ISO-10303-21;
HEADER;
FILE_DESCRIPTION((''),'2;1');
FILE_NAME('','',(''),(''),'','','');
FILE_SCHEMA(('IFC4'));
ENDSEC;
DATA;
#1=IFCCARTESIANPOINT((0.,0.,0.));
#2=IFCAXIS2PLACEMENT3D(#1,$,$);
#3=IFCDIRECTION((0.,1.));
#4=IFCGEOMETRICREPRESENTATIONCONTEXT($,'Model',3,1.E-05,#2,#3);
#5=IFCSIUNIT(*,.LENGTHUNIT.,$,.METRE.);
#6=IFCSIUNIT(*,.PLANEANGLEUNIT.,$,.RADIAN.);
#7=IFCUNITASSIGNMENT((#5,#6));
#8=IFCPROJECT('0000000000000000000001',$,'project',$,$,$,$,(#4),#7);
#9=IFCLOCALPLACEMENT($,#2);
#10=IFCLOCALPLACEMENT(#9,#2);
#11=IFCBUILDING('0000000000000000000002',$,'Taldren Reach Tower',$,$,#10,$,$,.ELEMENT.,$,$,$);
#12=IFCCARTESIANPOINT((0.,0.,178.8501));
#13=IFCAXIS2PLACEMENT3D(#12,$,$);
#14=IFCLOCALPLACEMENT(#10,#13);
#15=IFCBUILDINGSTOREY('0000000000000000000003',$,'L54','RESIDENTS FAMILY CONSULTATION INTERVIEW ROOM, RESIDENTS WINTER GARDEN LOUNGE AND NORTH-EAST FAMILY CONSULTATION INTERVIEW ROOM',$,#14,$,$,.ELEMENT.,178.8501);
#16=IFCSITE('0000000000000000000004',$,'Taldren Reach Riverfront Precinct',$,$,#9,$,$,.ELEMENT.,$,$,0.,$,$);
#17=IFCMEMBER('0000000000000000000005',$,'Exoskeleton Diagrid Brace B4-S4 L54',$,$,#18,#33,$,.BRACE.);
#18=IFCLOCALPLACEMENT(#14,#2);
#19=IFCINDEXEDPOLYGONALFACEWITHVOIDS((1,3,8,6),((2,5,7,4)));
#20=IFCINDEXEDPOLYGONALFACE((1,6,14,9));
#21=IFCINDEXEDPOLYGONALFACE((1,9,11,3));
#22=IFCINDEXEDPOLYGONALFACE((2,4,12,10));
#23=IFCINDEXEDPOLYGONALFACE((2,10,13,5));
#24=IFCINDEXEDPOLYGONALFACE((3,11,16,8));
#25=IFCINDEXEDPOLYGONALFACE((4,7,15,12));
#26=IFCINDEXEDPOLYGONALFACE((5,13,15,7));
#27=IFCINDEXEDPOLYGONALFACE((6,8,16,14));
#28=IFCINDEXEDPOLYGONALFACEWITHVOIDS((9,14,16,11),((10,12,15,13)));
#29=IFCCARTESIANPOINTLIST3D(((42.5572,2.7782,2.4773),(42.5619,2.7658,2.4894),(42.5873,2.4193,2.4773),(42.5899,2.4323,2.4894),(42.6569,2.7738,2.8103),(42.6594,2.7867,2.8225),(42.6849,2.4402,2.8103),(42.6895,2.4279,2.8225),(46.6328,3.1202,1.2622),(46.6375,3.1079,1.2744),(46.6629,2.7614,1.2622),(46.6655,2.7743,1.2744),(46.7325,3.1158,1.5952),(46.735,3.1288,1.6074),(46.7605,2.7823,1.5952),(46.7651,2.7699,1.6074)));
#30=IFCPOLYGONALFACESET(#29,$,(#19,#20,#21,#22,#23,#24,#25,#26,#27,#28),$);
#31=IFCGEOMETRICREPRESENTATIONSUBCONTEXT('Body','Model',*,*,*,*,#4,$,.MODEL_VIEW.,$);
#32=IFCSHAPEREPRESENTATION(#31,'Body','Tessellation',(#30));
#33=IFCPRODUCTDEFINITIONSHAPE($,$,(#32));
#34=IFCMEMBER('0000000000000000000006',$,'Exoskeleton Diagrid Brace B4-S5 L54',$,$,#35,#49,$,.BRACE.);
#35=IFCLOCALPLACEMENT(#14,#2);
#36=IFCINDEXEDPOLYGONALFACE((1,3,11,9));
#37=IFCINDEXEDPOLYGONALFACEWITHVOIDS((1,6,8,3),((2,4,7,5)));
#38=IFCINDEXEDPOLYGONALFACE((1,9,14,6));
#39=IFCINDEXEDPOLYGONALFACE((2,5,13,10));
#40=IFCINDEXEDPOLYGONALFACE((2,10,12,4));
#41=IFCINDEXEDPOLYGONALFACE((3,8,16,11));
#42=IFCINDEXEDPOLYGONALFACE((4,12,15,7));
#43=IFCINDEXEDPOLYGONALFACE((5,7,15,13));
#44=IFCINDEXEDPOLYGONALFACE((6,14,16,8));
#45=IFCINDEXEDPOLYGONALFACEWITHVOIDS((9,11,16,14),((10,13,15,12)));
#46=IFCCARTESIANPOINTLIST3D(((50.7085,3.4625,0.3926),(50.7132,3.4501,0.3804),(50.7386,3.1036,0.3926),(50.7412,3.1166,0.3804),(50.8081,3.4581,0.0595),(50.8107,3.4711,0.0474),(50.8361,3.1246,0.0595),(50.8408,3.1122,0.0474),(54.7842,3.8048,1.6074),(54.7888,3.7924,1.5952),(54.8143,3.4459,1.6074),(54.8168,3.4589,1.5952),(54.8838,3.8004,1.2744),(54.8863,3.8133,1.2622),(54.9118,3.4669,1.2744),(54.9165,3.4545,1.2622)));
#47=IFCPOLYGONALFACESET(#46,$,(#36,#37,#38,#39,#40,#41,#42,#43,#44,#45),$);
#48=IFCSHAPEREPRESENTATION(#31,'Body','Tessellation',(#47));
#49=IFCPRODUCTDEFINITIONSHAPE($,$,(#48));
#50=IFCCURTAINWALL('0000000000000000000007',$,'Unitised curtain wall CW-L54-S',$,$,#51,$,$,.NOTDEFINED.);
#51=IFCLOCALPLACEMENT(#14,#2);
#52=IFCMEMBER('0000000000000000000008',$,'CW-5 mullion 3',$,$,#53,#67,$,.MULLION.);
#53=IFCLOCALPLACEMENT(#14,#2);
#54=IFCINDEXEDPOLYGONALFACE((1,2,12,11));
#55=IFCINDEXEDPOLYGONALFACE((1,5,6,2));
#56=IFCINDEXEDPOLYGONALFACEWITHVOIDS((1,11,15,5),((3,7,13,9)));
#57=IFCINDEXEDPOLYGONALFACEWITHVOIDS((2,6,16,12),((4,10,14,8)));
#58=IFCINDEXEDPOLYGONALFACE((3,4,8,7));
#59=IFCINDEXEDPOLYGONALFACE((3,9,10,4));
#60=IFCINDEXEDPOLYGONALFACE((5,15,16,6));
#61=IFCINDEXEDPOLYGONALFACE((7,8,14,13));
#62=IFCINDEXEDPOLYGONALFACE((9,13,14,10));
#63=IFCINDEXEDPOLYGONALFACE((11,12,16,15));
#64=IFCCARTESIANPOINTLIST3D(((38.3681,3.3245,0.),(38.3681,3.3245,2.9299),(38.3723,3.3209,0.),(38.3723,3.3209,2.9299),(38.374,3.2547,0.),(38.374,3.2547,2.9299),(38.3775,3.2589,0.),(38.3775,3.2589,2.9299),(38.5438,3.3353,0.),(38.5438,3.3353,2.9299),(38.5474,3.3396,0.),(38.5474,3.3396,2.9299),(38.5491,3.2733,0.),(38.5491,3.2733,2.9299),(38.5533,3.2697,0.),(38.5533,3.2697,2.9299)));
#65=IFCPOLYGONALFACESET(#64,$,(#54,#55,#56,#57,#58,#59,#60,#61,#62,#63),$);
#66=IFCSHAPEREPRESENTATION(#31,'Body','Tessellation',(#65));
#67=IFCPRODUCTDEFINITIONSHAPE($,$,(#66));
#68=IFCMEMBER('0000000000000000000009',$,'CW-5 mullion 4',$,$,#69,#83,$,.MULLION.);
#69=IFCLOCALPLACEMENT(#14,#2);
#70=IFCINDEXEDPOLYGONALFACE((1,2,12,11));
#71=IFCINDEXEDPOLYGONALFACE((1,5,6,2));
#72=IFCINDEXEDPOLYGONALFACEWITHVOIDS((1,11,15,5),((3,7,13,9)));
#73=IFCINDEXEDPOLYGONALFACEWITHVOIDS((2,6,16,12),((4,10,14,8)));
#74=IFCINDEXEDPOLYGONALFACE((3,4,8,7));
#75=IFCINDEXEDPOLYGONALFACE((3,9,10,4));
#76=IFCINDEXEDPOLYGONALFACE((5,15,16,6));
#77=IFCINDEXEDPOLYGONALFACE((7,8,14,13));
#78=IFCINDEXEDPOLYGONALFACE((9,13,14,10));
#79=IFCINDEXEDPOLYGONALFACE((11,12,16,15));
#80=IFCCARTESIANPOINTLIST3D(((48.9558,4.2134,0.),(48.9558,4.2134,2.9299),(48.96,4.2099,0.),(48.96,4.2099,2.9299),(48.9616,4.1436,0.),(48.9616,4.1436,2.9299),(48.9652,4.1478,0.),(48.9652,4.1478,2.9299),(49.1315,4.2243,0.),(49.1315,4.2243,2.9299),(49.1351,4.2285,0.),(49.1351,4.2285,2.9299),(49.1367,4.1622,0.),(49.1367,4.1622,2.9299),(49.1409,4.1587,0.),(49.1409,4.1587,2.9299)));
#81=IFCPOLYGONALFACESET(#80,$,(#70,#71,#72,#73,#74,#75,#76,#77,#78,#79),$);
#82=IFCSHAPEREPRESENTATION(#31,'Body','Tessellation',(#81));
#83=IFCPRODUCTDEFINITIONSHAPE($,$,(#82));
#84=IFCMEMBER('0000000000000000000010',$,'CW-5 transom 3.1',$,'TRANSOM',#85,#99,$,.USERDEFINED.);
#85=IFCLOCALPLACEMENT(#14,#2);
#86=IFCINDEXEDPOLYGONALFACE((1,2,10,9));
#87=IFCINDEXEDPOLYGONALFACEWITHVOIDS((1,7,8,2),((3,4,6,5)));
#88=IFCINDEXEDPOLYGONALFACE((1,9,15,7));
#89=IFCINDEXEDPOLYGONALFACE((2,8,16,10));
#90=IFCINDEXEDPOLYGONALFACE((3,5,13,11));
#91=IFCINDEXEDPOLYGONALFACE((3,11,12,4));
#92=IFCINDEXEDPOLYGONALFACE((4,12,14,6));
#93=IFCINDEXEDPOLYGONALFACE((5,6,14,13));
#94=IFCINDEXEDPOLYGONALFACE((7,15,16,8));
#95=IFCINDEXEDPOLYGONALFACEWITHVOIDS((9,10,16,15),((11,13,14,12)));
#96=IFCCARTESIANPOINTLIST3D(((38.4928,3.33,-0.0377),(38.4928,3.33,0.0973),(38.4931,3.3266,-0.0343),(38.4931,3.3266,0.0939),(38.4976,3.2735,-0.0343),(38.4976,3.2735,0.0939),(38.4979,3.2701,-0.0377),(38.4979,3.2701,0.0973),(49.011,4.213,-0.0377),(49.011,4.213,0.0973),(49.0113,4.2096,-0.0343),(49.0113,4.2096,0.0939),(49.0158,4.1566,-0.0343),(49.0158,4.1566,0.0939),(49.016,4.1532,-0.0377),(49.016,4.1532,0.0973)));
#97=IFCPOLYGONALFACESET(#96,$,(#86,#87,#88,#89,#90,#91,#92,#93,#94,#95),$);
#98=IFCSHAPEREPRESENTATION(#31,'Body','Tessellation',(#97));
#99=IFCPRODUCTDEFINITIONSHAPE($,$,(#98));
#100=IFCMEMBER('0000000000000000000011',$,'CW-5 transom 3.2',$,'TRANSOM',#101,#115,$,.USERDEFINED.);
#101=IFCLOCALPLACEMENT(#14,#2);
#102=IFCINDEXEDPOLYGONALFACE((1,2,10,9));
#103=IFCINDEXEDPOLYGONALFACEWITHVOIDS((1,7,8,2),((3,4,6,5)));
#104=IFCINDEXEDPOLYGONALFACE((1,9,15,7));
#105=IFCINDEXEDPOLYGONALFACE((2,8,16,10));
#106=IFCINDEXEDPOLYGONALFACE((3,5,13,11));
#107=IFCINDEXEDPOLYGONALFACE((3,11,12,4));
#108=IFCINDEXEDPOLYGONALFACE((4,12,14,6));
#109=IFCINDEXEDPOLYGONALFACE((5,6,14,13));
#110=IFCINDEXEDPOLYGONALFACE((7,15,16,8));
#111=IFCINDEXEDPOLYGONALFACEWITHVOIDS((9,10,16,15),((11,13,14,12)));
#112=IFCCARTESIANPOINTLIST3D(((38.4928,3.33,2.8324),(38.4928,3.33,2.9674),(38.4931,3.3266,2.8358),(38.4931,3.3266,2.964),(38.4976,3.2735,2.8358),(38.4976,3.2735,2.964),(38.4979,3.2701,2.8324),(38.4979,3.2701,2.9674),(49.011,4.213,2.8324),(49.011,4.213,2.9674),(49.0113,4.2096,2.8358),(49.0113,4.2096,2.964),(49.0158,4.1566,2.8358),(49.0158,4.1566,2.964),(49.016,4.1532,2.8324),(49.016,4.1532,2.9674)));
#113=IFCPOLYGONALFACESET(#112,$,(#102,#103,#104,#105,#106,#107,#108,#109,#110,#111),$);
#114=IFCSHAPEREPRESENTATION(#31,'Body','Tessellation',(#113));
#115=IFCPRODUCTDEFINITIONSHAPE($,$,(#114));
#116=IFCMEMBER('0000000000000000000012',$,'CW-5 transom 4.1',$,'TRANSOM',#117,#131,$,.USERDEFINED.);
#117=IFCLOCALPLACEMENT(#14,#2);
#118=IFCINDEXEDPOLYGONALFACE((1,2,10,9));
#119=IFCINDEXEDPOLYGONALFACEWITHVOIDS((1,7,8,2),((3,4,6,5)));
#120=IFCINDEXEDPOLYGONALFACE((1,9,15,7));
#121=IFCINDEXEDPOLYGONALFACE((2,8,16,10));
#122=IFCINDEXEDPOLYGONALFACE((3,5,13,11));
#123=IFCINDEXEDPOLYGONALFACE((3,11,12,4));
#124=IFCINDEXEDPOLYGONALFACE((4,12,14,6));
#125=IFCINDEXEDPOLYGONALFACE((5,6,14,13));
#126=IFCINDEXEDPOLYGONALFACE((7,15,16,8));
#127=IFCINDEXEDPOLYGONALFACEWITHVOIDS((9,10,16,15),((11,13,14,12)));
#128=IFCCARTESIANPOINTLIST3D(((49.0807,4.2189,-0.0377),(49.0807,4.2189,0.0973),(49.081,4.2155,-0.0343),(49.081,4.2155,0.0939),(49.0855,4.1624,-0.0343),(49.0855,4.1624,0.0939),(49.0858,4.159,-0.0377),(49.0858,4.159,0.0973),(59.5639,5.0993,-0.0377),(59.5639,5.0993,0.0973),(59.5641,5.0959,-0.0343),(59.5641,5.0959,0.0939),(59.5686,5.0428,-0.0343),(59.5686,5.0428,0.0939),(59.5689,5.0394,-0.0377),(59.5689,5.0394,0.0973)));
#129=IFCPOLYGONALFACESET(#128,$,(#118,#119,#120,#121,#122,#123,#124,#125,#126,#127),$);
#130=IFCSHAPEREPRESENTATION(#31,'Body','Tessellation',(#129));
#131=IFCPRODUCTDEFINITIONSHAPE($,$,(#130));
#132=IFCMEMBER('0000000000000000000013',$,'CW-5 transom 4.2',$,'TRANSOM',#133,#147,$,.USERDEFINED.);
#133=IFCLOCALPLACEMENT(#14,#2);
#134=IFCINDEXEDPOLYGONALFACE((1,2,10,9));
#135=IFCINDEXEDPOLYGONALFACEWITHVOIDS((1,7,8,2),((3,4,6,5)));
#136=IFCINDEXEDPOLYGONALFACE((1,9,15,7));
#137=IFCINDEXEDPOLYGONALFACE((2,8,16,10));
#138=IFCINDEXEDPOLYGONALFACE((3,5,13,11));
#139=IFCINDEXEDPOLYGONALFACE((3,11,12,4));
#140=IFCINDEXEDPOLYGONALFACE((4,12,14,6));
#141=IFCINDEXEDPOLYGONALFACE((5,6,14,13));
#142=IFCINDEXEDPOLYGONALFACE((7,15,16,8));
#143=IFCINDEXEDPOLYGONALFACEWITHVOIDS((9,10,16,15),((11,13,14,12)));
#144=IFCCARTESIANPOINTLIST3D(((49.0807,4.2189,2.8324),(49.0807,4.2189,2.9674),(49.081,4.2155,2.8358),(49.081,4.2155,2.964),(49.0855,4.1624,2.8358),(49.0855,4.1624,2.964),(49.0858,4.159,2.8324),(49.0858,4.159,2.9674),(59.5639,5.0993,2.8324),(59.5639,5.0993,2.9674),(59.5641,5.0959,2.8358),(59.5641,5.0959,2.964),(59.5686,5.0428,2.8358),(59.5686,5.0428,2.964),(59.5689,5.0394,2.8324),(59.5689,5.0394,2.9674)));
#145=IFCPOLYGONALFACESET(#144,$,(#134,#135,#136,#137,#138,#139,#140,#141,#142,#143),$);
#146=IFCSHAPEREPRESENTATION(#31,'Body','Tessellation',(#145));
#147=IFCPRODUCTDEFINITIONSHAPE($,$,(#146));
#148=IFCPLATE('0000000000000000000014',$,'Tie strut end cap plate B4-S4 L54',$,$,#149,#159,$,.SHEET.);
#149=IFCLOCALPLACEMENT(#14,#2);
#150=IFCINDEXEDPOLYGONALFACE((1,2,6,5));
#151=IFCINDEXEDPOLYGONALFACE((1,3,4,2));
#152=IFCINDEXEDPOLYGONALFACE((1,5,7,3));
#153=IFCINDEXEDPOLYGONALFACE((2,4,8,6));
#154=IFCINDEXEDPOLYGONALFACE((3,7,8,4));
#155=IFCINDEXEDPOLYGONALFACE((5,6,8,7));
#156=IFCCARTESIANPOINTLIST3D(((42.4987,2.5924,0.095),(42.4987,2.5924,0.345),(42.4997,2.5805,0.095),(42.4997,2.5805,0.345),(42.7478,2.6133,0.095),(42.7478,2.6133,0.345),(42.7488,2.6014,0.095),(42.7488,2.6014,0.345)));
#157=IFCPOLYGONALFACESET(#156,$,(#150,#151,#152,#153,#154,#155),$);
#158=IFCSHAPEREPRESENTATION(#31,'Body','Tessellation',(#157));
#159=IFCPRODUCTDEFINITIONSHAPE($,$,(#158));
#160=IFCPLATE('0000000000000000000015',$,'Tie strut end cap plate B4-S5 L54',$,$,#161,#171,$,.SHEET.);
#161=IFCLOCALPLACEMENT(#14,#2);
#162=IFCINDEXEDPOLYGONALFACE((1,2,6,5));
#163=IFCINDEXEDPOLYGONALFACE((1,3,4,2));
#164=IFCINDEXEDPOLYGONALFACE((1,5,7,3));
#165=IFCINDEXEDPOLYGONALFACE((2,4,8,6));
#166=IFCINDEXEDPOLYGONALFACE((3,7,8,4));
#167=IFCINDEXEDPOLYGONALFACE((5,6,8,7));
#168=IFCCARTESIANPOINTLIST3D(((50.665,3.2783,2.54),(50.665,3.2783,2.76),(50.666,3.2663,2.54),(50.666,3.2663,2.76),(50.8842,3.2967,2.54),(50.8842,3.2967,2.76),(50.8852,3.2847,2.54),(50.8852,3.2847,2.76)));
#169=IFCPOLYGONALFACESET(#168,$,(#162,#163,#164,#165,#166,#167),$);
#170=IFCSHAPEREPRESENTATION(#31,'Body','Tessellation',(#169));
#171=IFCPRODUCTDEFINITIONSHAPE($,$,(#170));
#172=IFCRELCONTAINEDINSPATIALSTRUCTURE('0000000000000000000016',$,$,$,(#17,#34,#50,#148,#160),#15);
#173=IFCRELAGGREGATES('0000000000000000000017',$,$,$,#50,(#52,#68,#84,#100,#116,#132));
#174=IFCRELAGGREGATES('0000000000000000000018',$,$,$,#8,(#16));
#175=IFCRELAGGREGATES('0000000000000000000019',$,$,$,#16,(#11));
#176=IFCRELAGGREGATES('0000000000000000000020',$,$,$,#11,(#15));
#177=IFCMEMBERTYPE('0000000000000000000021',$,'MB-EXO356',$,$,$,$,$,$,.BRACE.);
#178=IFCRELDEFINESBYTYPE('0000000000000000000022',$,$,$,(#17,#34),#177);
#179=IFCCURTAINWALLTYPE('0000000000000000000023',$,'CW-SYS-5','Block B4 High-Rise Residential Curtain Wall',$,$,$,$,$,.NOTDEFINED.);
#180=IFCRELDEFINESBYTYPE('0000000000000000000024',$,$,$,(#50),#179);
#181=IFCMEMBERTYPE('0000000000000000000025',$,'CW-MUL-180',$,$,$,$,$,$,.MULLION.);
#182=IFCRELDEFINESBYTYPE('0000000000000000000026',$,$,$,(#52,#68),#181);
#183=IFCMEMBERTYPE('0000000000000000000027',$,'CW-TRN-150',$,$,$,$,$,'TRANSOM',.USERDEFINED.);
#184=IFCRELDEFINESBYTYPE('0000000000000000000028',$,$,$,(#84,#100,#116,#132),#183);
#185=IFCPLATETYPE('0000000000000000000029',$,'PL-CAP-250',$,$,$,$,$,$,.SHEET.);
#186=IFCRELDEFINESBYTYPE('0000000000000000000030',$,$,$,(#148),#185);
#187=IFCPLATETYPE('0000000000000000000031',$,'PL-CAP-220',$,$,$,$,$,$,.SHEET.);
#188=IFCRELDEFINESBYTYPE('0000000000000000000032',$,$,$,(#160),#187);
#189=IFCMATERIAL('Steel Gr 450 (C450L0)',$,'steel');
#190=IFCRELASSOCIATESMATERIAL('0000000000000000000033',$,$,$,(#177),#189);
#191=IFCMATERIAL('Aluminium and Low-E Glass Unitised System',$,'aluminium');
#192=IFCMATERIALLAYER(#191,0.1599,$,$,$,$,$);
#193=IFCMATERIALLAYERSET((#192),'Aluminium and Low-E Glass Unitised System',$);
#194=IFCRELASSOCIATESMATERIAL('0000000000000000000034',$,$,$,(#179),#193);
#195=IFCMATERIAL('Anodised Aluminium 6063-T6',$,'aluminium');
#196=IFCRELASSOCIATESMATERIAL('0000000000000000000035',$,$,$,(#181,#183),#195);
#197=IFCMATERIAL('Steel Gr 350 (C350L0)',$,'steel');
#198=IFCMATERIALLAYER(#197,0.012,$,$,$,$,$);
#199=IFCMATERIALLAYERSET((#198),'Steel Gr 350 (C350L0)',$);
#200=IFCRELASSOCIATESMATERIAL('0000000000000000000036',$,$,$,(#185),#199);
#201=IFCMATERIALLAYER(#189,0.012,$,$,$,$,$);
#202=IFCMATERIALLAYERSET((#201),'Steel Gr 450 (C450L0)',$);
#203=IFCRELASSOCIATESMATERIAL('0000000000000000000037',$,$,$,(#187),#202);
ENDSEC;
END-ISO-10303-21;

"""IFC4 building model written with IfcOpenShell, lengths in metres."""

from ifc_helpers import new_model, si_unit, direction, frame, origin, origin_2d, place, context, subcontext, project, spatial, rectangle, hollow_rectangle, extrude, source, transform, mapped, material, layer, layer_set, material_profile, profile_set, type_object, element, aggregate, save


model = new_model("IFC4")

# Units and contexts
model_context = context("Model", 3, precision=1e-05, world=origin(), true_north=direction((0.0, 1.0)))
body_context = subcontext(model_context, "Body", "Model", "MODEL_VIEW")
ifc_project = project(units=[si_unit("LENGTHUNIT", "METRE"), si_unit("PLANEANGLEUNIT", "RADIAN")], contexts=[model_context])

# Site, building, storey
site_placement = place(None, origin())
site = spatial("IfcSite", under=ifc_project, at=site_placement, Name="Taldren Reach Riverfront Precinct", CompositionType="ELEMENT", RefElevation=0.0)
building_placement = place(site_placement, origin())
building = spatial("IfcBuilding", under=site, at=building_placement, Name="Taldren Reach Tower", CompositionType="ELEMENT")
storey_placement = place(building_placement, frame((0.0, 0.0, 178.8501)))
storey = spatial("IfcBuildingStorey", under=building, at=storey_placement, Name="L54", Description="RESIDENTS FAMILY CONSULTATION INTERVIEW ROOM, RESIDENTS WINTER GARDEN LOUNGE AND NORTH-EAST FAMILY CONSULTATION INTERVIEW ROOM", CompositionType="ELEMENT", Elevation=178.8501)

# Shared definitions
ifc_material_1 = material(Name="Steel Gr 350 (C350L0)", Category="steel")

# Members
ifc_material_2 = material(Name="Steel Gr 450 (C450L0)", Category="steel")
ifc_material_profile_1 = material_profile(ifc_material_2, hollow_rectangle(XDim=0.3601, YDim=0.3601, WallThickness=0.0127, at=origin_2d()), Name="360x360x12.7SHS")
ifc_profile_set_1 = profile_set([ifc_material_profile_1], Name="Steel Gr 450 (C450L0)")
member_type_1 = type_object("IfcMemberType", Name="MB-EXO356", PredefinedType="BRACE", material=ifc_profile_set_1)
shared_shape_1 = source(origin(), body_context, "Body", "SweptSolid", [
    extrude(hollow_rectangle(XDim=0.3601, YDim=0.3601, WallThickness=0.0127, at=origin_2d()), origin(), (0.0, 0.0, 1.0), 4.2666),
])
for number, where, z_axis, x_axis, name in (
    (1, (46.699, 2.9451, 1.4348), (-0.955234, -0.080165, 0.284785), (0.083628, -0.996497, 0.0), "Exoskeleton Diagrid Brace B4-S4 L54"),
    (2, (50.7747, 3.2874, 0.22), (0.955245, 0.080224, 0.284731), (-0.083688, 0.996492, 0.0), "Exoskeleton Diagrid Brace B4-S5 L54"),
):
    element("IfcMember", number, at=place(storey_placement, frame(where, z_axis=z_axis, x_axis=x_axis)), inside=storey, type_object=member_type_1, Name=name, PredefinedType="BRACE", context=body_context, shape_type="MappedRepresentation", body=[
        mapped(shared_shape_1, transform((0.0, 0.0, 0.0), scale=1.0)),
    ])

# Curtain wall, members
ifc_material_3 = material(Name="Aluminium and Low-E Glass Unitised System", Category="aluminium")
ifc_layer_1 = layer(ifc_material_3, 0.1599)
ifc_layer_set_1 = layer_set([ifc_layer_1], Name="Aluminium and Low-E Glass Unitised System")
curtain_wall_type = type_object("IfcCurtainWallType", Name="CW-SYS-5", Description="Block B4 High-Rise Residential Curtain Wall", PredefinedType="NOTDEFINED", material=ifc_layer_set_1)
curtain_wall_placement = place(storey_placement, origin())
curtain_wall = element("IfcCurtainWall", 3, at=curtain_wall_placement, inside=storey, type_object=curtain_wall_type, Name="Unitised curtain wall CW-L54-S", PredefinedType="NOTDEFINED")
ifc_material_4 = material(Name="Anodised Aluminium 6063-T6", Category="aluminium")
ifc_material_profile_2 = material_profile(ifc_material_4, hollow_rectangle(XDim=0.0701, YDim=0.1799, WallThickness=0.0039, at=origin_2d()), Name="ALU-180x70x4RHS")
ifc_profile_set_2 = profile_set([ifc_material_profile_2], Name="Anodised Aluminium 6063-T6")
member_type_2 = type_object("IfcMemberType", Name="CW-MUL-180", PredefinedType="MULLION", material=ifc_profile_set_2)
shared_shape_2 = source(origin(), body_context, "Body", "SweptSolid", [
    extrude(hollow_rectangle(XDim=0.0701, YDim=0.1799, WallThickness=0.0039, at=origin_2d()), origin(), (0.0, 0.0, 1.0), 2.9299),
])
member_1_placement = place(storey_placement, frame((38.4607, 3.2971, 0.0), z_axis=(0.0, 0.0, 1.0), x_axis=(-0.083678, 0.996493, 0.0)))
member_1 = element("IfcMember", 4, at=member_1_placement, type_object=member_type_2, Name="CW-5 mullion 3", PredefinedType="MULLION", context=body_context, shape_type="MappedRepresentation", body=[
    mapped(shared_shape_2, transform((0.0, 0.0, 0.0), scale=1.0)),
])
member_2_placement = place(storey_placement, frame((49.0483, 4.186, 0.0), z_axis=(0.0, 0.0, 1.0), x_axis=(-0.083678, 0.996493, 0.0)))
member_2 = element("IfcMember", 5, at=member_2_placement, type_object=member_type_2, Name="CW-5 mullion 4", PredefinedType="MULLION", context=body_context, shape_type="MappedRepresentation", body=[
    mapped(shared_shape_2, transform((0.0, 0.0, 0.0), scale=1.0)),
])
ifc_material_profile_3 = material_profile(ifc_material_4, hollow_rectangle(XDim=0.0601, YDim=0.135, WallThickness=0.0034, at=origin_2d()), Name="ALU-135x60x3.5RHS")
ifc_profile_set_3 = profile_set([ifc_material_profile_3], Name="Anodised Aluminium 6063-T6")
member_type_3 = type_object("IfcMemberType", Name="CW-TRN-150", ElementType="TRANSOM", PredefinedType="USERDEFINED", material=ifc_profile_set_3)
shared_shape_3 = source(origin(), body_context, "Body", "SweptSolid", [
    extrude(hollow_rectangle(XDim=0.0601, YDim=0.135, WallThickness=0.0034, at=origin_2d()), origin(), (0.0, 0.0, 1.0), 10.5552),
])
member_3_placement = place(storey_placement, frame((38.4954, 3.3, 0.0298), z_axis=(0.996494, 0.083662, 0.0), x_axis=(-0.083662, 0.996494, 0.0)))
member_3 = element("IfcMember", 6, at=member_3_placement, type_object=member_type_3, Name="CW-5 transom 3.1", ObjectType="TRANSOM", PredefinedType="USERDEFINED", context=body_context, shape_type="MappedRepresentation", body=[
    mapped(shared_shape_3, transform((0.0, 0.0, 0.0), scale=1.0)),
])
member_4_placement = place(storey_placement, frame((38.4954, 3.3, 2.8999), z_axis=(0.996494, 0.083662, 0.0), x_axis=(-0.083662, 0.996494, 0.0)))
member_4 = element("IfcMember", 7, at=member_4_placement, type_object=member_type_3, Name="CW-5 transom 3.2", ObjectType="TRANSOM", PredefinedType="USERDEFINED", context=body_context, shape_type="MappedRepresentation", body=[
    mapped(shared_shape_3, transform((0.0, 0.0, 0.0), scale=1.0)),
])
shared_shape_4 = source(origin(), body_context, "Body", "SweptSolid", [
    extrude(hollow_rectangle(XDim=0.0601, YDim=0.135, WallThickness=0.0034, at=origin_2d()), origin(), (0.0, 0.0, 1.0), 10.52),
])
member_5_placement = place(storey_placement, frame((49.0833, 4.189, 0.0298), z_axis=(0.996492, 0.083685, 0.0), x_axis=(-0.083685, 0.996492, 0.0)))
member_5 = element("IfcMember", 8, at=member_5_placement, type_object=member_type_3, Name="CW-5 transom 4.1", ObjectType="TRANSOM", PredefinedType="USERDEFINED", context=body_context, shape_type="MappedRepresentation", body=[
    mapped(shared_shape_4, transform((0.0, 0.0, 0.0), scale=1.0)),
])
member_6_placement = place(storey_placement, frame((49.0833, 4.189, 2.8999), z_axis=(0.996492, 0.083685, 0.0), x_axis=(-0.083685, 0.996492, 0.0)))
member_6 = element("IfcMember", 9, at=member_6_placement, type_object=member_type_3, Name="CW-5 transom 4.2", ObjectType="TRANSOM", PredefinedType="USERDEFINED", context=body_context, shape_type="MappedRepresentation", body=[
    mapped(shared_shape_4, transform((0.0, 0.0, 0.0), scale=1.0)),
])

# Plates
ifc_layer_2 = layer(ifc_material_1, 0.012)
ifc_layer_set_2 = layer_set([ifc_layer_2], Name="Steel Gr 350 (C350L0)")
plate_type_1 = type_object("IfcPlateType", Name="PL-CAP-250", PredefinedType="SHEET", material=ifc_layer_set_2)
shared_shape_5 = source(origin(), body_context, "Body", "SweptSolid", [
    extrude(rectangle(XDim=0.25, YDim=0.012, at=origin_2d()), origin(), (0.0, 0.0, 1.0), 0.25),
])
plate_1_placement = place(storey_placement, frame((42.6238, 2.5969, 0.095), z_axis=(0.0, 0.0, 1.0), x_axis=(0.996493, 0.083678, 0.0)))
element("IfcPlate", 10, at=plate_1_placement, inside=storey, type_object=plate_type_1, Name="Tie strut end cap plate B4-S4 L54", PredefinedType="SHEET", context=body_context, shape_type="MappedRepresentation", body=[
    mapped(shared_shape_5, transform((0.0, 0.0, 0.0), scale=1.0)),
])
ifc_layer_3 = layer(ifc_material_2, 0.012)
ifc_layer_set_3 = layer_set([ifc_layer_3], Name="Steel Gr 450 (C450L0)")
plate_type_2 = type_object("IfcPlateType", Name="PL-CAP-220", PredefinedType="SHEET", material=ifc_layer_set_3)
shared_shape_6 = source(origin(), body_context, "Body", "SweptSolid", [
    extrude(rectangle(XDim=0.22, YDim=0.012, at=origin_2d()), origin(), (0.0, 0.0, 1.0), 0.22),
])
plate_2_placement = place(storey_placement, frame((50.7751, 3.2815, 2.54), z_axis=(0.0, 0.0, 1.0), x_axis=(0.996493, 0.083678, 0.0)))
element("IfcPlate", 11, at=plate_2_placement, inside=storey, type_object=plate_type_2, Name="Tie strut end cap plate B4-S5 L54", PredefinedType="SHEET", context=body_context, shape_type="MappedRepresentation", body=[
    mapped(shared_shape_6, transform((0.0, 0.0, 0.0), scale=1.0)),
])

aggregate(curtain_wall, [member_1, member_2, member_3, member_4, member_5, member_6])

save(model, "model.ifc")
